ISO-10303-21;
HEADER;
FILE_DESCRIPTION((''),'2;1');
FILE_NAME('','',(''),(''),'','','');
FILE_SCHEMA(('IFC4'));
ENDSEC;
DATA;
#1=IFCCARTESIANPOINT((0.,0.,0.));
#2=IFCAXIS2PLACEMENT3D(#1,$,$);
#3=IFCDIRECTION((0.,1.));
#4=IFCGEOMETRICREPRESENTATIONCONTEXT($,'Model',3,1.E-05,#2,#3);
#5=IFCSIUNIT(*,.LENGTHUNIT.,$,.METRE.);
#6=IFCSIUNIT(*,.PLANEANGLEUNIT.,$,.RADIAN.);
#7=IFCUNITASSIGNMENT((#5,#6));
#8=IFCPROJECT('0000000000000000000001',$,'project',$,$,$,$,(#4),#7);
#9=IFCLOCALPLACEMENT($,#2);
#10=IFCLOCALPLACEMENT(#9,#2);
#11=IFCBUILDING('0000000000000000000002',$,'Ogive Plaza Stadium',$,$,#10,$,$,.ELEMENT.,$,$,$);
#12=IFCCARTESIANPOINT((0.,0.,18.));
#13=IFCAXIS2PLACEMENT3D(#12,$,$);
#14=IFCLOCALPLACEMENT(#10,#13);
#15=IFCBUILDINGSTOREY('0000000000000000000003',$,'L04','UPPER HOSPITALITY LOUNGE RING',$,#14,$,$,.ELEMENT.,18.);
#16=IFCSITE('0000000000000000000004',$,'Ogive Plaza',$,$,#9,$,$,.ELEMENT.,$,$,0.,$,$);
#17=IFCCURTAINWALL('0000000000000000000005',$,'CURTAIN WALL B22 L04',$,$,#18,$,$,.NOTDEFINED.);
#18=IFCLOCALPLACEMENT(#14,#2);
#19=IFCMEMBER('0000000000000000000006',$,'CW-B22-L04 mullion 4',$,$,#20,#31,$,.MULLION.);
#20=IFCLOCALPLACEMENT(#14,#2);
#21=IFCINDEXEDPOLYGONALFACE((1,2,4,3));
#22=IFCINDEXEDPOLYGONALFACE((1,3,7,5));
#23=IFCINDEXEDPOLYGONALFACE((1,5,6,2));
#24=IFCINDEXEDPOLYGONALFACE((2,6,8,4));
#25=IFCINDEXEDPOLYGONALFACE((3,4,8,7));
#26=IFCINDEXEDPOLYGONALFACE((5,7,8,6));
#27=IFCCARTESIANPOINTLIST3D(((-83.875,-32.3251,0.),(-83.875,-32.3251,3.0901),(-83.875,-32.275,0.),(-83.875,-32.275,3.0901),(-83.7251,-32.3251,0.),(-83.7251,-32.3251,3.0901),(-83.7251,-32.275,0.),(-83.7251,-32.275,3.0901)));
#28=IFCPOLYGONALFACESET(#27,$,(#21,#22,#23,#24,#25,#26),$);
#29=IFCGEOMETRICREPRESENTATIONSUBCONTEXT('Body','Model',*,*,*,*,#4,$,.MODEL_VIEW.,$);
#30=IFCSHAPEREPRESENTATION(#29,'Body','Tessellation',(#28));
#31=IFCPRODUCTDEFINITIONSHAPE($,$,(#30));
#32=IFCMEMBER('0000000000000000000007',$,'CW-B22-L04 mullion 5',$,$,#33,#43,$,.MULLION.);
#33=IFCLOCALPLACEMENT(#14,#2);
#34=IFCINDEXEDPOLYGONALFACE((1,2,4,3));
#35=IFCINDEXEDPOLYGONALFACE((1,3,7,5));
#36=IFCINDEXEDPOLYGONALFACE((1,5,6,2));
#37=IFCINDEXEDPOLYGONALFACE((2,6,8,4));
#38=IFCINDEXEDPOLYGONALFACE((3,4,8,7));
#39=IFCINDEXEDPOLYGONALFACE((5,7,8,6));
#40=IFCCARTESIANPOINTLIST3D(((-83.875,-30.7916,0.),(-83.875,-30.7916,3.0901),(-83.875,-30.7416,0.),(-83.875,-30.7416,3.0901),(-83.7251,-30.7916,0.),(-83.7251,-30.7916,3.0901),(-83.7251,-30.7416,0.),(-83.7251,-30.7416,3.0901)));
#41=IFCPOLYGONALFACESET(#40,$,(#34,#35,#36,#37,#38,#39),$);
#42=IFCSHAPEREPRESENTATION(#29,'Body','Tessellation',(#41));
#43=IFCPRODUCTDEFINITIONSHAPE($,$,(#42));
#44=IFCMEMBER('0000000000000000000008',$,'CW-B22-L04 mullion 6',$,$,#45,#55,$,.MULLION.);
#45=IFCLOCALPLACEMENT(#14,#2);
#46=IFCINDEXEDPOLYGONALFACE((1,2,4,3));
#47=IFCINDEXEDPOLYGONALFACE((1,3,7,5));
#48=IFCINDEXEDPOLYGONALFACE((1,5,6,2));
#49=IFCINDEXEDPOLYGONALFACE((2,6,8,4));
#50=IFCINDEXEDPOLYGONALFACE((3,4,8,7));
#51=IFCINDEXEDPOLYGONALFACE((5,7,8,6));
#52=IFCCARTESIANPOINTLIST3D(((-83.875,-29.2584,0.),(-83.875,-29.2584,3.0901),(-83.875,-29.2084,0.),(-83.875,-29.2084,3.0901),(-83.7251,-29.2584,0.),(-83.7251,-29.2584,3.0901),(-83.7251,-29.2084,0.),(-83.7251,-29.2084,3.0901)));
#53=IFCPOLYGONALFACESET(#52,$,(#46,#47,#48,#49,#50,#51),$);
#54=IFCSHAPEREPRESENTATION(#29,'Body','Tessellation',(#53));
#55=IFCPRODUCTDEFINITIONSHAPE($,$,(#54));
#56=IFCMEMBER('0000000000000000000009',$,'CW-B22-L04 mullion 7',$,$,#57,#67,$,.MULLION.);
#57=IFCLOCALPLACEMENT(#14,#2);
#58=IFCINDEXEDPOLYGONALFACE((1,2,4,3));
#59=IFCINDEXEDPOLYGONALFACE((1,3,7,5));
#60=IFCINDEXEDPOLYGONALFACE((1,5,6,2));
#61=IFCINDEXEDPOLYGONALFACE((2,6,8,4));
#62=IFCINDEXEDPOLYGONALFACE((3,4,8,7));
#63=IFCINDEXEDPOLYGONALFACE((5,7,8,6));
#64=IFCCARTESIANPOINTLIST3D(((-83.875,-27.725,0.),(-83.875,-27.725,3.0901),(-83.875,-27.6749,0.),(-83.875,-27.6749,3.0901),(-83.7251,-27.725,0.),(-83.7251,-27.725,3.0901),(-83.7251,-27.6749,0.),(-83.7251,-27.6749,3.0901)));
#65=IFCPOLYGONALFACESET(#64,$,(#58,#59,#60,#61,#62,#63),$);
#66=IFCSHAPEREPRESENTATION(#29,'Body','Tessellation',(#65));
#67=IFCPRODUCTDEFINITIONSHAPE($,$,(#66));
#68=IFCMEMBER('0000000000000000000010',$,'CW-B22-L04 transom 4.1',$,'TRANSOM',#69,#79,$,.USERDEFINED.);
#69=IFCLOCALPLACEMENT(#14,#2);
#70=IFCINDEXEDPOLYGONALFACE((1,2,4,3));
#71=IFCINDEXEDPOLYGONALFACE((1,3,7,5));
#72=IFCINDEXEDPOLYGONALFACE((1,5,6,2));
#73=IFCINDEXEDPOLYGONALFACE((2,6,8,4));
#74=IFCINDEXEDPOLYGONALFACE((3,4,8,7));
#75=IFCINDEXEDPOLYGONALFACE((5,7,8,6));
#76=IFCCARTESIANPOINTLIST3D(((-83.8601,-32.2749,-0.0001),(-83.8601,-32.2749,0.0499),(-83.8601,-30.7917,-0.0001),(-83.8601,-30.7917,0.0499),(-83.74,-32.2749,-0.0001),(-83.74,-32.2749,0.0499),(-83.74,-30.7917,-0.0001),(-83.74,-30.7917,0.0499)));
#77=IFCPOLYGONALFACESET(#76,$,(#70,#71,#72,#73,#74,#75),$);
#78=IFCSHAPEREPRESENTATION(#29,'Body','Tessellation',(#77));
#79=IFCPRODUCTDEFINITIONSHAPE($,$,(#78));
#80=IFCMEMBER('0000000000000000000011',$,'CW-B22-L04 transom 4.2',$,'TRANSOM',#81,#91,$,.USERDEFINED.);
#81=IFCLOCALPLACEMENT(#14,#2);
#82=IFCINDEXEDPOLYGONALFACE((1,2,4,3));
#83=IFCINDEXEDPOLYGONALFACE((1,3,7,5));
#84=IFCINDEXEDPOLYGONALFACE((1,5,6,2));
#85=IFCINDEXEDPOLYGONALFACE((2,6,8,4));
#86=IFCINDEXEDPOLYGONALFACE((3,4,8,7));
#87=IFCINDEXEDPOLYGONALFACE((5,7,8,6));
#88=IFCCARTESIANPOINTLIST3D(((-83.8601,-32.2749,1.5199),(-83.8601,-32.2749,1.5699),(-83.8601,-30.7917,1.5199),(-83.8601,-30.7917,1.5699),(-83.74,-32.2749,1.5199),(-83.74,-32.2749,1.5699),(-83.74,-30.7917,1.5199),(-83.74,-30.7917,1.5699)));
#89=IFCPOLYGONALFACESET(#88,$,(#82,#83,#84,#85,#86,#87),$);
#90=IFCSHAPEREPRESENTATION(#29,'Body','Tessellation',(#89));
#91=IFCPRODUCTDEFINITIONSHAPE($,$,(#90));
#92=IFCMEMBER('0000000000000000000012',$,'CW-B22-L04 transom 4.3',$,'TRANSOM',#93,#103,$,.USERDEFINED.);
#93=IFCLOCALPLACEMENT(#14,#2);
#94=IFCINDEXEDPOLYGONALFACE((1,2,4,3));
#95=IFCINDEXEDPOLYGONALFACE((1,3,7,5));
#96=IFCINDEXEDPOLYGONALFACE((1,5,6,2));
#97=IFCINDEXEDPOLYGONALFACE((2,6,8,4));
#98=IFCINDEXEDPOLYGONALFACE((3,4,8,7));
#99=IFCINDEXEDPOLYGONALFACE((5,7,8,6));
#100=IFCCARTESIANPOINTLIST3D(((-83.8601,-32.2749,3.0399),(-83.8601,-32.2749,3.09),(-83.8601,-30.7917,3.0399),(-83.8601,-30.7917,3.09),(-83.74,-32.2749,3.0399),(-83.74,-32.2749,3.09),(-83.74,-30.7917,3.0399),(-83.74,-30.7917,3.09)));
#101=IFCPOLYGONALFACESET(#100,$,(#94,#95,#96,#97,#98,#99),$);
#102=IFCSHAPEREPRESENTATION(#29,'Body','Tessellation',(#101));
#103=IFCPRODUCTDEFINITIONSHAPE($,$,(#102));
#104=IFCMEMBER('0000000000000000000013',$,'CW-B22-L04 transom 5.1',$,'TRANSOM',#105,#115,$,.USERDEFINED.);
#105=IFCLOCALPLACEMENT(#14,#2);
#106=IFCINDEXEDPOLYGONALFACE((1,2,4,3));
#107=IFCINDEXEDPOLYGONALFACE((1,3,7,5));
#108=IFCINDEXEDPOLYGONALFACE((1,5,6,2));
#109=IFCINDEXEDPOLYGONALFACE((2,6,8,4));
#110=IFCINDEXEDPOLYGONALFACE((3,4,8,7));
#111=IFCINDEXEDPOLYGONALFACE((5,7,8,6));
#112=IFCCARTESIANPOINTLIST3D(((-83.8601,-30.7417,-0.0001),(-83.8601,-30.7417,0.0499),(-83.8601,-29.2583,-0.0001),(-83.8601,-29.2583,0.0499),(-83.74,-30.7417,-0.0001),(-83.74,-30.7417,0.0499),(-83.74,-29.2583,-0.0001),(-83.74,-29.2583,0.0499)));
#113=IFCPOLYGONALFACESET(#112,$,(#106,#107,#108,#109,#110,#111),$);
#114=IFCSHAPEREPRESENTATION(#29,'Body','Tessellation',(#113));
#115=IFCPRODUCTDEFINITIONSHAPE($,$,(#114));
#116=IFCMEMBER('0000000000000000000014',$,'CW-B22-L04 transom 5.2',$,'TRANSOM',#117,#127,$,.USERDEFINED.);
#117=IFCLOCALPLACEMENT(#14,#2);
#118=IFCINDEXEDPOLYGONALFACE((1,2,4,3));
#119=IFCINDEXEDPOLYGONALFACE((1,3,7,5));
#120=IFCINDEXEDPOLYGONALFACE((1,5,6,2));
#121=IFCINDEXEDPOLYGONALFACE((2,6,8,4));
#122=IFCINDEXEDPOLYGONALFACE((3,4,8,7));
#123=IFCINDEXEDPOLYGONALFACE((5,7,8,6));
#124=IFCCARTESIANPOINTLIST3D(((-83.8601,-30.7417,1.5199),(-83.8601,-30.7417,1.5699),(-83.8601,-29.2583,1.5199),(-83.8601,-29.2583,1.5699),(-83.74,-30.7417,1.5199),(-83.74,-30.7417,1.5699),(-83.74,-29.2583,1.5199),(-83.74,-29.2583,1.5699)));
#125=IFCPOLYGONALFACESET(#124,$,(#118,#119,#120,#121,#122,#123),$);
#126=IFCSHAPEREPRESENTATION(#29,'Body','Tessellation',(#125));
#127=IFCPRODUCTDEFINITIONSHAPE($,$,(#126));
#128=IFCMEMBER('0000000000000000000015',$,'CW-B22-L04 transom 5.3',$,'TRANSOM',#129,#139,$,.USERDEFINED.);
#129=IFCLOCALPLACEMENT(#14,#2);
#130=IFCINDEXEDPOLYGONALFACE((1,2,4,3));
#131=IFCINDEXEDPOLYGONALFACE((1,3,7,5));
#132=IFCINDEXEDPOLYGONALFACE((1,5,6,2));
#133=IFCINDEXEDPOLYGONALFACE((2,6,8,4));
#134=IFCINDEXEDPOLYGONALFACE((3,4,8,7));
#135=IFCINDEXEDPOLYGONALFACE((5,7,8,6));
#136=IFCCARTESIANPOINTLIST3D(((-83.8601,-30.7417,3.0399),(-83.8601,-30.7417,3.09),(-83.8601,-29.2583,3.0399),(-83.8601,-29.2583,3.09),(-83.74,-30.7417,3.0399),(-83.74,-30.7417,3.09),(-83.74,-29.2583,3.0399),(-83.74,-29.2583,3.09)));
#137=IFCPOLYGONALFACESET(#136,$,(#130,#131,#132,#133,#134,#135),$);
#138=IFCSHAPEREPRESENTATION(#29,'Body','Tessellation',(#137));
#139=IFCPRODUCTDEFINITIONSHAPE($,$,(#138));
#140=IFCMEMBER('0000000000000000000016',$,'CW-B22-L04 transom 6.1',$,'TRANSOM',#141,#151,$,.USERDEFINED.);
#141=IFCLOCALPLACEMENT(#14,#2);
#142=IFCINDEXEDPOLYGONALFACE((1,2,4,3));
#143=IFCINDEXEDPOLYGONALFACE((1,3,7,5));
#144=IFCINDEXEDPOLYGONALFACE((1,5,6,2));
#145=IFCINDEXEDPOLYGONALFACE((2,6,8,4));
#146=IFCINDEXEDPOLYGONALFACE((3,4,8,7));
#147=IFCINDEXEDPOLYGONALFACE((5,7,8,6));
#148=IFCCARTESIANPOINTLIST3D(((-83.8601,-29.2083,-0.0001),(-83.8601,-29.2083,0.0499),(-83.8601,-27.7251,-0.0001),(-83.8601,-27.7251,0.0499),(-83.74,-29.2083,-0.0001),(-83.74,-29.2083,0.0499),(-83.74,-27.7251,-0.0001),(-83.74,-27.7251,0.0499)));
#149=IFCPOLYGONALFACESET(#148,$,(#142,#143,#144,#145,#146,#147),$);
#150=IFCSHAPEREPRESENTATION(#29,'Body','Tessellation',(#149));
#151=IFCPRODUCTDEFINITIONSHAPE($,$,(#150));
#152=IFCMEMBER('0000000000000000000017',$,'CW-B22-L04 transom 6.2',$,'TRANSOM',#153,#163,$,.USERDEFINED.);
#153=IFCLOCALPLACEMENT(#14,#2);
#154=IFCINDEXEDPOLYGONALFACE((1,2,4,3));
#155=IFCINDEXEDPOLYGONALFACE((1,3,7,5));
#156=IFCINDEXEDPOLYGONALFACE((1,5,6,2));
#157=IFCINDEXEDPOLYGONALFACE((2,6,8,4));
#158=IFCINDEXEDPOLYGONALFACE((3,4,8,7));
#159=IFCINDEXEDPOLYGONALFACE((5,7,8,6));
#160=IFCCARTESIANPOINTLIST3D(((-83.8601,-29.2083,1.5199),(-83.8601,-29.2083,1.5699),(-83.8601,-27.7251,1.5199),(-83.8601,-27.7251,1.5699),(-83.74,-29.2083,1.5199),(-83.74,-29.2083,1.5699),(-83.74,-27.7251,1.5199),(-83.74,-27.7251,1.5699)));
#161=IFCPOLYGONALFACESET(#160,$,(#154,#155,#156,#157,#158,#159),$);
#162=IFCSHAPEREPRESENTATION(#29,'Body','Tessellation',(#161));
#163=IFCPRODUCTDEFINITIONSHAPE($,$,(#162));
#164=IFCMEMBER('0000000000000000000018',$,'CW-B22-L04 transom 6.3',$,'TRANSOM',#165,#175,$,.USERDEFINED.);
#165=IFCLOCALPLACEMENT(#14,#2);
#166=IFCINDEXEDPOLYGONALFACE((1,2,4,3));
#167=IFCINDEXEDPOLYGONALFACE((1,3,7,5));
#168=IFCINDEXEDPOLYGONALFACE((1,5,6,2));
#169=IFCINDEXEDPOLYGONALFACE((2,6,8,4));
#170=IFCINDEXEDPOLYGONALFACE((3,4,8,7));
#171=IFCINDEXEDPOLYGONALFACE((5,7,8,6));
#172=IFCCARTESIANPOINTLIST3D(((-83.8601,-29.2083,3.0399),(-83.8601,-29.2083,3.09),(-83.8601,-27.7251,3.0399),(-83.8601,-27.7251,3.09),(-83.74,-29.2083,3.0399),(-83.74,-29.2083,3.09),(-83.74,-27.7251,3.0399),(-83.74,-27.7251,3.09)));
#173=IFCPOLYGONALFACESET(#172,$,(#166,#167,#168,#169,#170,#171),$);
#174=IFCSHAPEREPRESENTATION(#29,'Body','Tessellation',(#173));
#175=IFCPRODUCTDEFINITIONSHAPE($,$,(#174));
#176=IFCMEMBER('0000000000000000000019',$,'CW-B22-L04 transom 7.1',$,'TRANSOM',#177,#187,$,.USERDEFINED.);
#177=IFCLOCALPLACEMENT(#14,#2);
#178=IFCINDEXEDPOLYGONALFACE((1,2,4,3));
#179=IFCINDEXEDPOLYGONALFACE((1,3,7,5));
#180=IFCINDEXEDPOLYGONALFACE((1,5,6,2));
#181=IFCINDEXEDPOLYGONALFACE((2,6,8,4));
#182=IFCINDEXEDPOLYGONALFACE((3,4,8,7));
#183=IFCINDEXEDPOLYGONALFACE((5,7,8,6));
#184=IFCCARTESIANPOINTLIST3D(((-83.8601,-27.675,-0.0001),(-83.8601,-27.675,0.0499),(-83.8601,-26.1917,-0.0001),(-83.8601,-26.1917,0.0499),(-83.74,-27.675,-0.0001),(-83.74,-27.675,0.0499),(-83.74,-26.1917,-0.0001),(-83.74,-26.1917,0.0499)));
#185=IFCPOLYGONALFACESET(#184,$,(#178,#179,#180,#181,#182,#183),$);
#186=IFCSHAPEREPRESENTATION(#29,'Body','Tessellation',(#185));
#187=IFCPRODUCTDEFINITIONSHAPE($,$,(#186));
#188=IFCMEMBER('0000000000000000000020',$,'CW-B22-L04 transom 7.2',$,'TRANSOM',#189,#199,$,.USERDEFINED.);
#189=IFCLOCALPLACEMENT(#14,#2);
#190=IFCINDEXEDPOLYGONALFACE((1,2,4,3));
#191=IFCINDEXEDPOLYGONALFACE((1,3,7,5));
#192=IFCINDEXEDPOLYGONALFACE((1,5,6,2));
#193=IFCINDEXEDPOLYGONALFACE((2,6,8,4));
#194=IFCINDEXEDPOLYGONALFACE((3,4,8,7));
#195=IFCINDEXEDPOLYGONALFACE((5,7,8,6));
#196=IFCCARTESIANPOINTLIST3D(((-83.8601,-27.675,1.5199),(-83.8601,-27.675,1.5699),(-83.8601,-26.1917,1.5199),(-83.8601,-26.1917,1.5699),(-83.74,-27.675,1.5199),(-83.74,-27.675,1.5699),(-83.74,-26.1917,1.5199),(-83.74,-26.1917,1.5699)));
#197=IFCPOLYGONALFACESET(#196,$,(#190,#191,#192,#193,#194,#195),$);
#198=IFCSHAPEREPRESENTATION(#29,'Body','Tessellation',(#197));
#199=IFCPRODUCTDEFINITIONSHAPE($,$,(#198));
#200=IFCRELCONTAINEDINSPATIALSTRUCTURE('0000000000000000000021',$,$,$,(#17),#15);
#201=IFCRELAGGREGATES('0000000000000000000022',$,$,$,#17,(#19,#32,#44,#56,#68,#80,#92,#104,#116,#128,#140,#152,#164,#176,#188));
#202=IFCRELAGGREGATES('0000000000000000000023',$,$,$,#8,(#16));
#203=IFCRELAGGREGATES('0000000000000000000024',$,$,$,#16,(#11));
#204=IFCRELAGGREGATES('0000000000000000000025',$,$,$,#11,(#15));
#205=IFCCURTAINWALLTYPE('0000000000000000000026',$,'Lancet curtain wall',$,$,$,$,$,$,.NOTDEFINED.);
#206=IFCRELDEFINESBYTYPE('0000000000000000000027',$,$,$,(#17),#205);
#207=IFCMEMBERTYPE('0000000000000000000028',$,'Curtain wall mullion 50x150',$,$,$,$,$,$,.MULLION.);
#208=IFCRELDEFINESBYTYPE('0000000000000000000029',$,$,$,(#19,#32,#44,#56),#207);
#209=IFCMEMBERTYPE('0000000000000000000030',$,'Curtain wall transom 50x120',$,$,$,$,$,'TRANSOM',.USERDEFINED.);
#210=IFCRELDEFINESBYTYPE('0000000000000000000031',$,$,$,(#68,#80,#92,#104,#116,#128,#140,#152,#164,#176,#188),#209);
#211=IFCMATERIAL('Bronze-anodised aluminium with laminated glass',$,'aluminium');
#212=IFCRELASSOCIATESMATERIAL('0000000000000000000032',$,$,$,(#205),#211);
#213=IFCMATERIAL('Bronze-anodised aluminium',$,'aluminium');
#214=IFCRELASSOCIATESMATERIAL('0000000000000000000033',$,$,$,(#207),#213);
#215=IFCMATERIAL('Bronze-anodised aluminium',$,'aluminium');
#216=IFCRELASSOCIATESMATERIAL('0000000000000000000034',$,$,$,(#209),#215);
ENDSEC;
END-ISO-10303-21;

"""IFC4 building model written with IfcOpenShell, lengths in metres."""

from ifc_helpers import new_model, si_unit, direction, frame, origin, origin_2d, place, context, subcontext, project, spatial, rectangle, extrude, material, material_profile, profile_set, type_object, element, aggregate, save


model = new_model("IFC4")

# Units and contexts
model_context = context("Model", 3, precision=1e-05, world=origin(), true_north=direction((0.0, 1.0)))
body_context = subcontext(model_context, "Body", "Model", "MODEL_VIEW")
ifc_project = project(units=[si_unit("LENGTHUNIT", "METRE"), si_unit("PLANEANGLEUNIT", "RADIAN")], contexts=[model_context])

# Site, building, storey
site_placement = place(None, origin())
site = spatial("IfcSite", under=ifc_project, at=site_placement, Name="Ogive Plaza", CompositionType="ELEMENT", RefElevation=0.0)
building_placement = place(site_placement, origin())
building = spatial("IfcBuilding", under=site, at=building_placement, Name="Ogive Plaza Stadium", CompositionType="ELEMENT")
storey_placement = place(building_placement, frame((0.0, 0.0, 18.0)))
storey = spatial("IfcBuildingStorey", under=building, at=storey_placement, Name="L04", Description="UPPER HOSPITALITY LOUNGE RING", CompositionType="ELEMENT", Elevation=18.0)

# Curtain wall, members
ifc_material_1 = material(Name="Bronze-anodised aluminium with laminated glass", Category="aluminium")
curtain_wall_type = type_object("IfcCurtainWallType", Name="Lancet curtain wall", PredefinedType="NOTDEFINED", material=ifc_material_1)
curtain_wall_placement = place(storey_placement, origin())
curtain_wall = element("IfcCurtainWall", 1, at=curtain_wall_placement, inside=storey, type_object=curtain_wall_type, Name="CURTAIN WALL B22 L04", PredefinedType="NOTDEFINED")
ifc_material_2 = material(Name="Bronze-anodised aluminium", Category="aluminium")
ifc_material_profile_1 = material_profile(ifc_material_2, rectangle(XDim=0.1499, YDim=0.05, at=origin_2d()), Name="AL 150x50")
ifc_profile_set_1 = profile_set([ifc_material_profile_1], Name="Bronze-anodised aluminium")
member_type_1 = type_object("IfcMemberType", Name="Curtain wall mullion 50x150", PredefinedType="MULLION", material=ifc_profile_set_1)
member_1_placement = place(storey_placement, frame((-83.8, -32.3, 0.0), z_axis=(0.0, 0.0, 1.0), x_axis=(-1.0, 0.0, 0.0)))
member_1 = element("IfcMember", 2, at=member_1_placement, type_object=member_type_1, Name="CW-B22-L04 mullion 4", PredefinedType="MULLION", context=body_context, shape_type="SweptSolid", body=[
    extrude(rectangle(XDim=0.1499, YDim=0.05, at=origin_2d()), origin(), (0.0, 0.0, 1.0), 3.0901),
])
member_2_placement = place(storey_placement, frame((-83.8, -30.7666, 0.0), z_axis=(0.0, 0.0, 1.0), x_axis=(-1.0, 0.0, 0.0)))
member_2 = element("IfcMember", 3, at=member_2_placement, type_object=member_type_1, Name="CW-B22-L04 mullion 5", PredefinedType="MULLION", context=body_context, shape_type="SweptSolid", body=[
    extrude(rectangle(XDim=0.1499, YDim=0.05, at=origin_2d()), origin(), (0.0, 0.0, 1.0), 3.0901),
])
member_3_placement = place(storey_placement, frame((-83.8, -29.2334, 0.0), z_axis=(0.0, 0.0, 1.0), x_axis=(-1.0, 0.0, 0.0)))
member_3 = element("IfcMember", 4, at=member_3_placement, type_object=member_type_1, Name="CW-B22-L04 mullion 6", PredefinedType="MULLION", context=body_context, shape_type="SweptSolid", body=[
    extrude(rectangle(XDim=0.1499, YDim=0.05, at=origin_2d()), origin(), (0.0, 0.0, 1.0), 3.0901),
])
member_4_placement = place(storey_placement, frame((-83.8, -27.7, 0.0), z_axis=(0.0, 0.0, 1.0), x_axis=(-1.0, 0.0, 0.0)))
member_4 = element("IfcMember", 5, at=member_4_placement, type_object=member_type_1, Name="CW-B22-L04 mullion 7", PredefinedType="MULLION", context=body_context, shape_type="SweptSolid", body=[
    extrude(rectangle(XDim=0.1499, YDim=0.05, at=origin_2d()), origin(), (0.0, 0.0, 1.0), 3.0901),
])
ifc_material_3 = material(Name="Bronze-anodised aluminium", Category="aluminium")
ifc_material_profile_2 = material_profile(ifc_material_3, rectangle(XDim=0.1201, YDim=0.05, at=origin_2d()), Name="AL 120x50")
ifc_profile_set_2 = profile_set([ifc_material_profile_2], Name="Bronze-anodised aluminium")
member_type_2 = type_object("IfcMemberType", Name="Curtain wall transom 50x120", ElementType="TRANSOM", PredefinedType="USERDEFINED", material=ifc_profile_set_2)
member_5_placement = place(storey_placement, frame((-83.8, -32.2749, 0.0249), z_axis=(0.0, 1.0, 0.0), x_axis=(-1.0, 0.0, 0.0)))
member_5 = element("IfcMember", 6, at=member_5_placement, type_object=member_type_2, Name="CW-B22-L04 transom 4.1", ObjectType="TRANSOM", PredefinedType="USERDEFINED", context=body_context, shape_type="SweptSolid", body=[
    extrude(rectangle(XDim=0.1201, YDim=0.05, at=origin_2d()), origin(), (0.0, 0.0, 1.0), 1.4832),
])
member_6_placement = place(storey_placement, frame((-83.8, -32.2749, 1.5449), z_axis=(0.0, 1.0, 0.0), x_axis=(-1.0, 0.0, 0.0)))
member_6 = element("IfcMember", 7, at=member_6_placement, type_object=member_type_2, Name="CW-B22-L04 transom 4.2", ObjectType="TRANSOM", PredefinedType="USERDEFINED", context=body_context, shape_type="SweptSolid", body=[
    extrude(rectangle(XDim=0.1201, YDim=0.05, at=origin_2d()), origin(), (0.0, 0.0, 1.0), 1.4832),
])
member_7_placement = place(storey_placement, frame((-83.8, -32.2749, 3.0649), z_axis=(0.0, 1.0, 0.0), x_axis=(-1.0, 0.0, 0.0)))
member_7 = element("IfcMember", 8, at=member_7_placement, type_object=member_type_2, Name="CW-B22-L04 transom 4.3", ObjectType="TRANSOM", PredefinedType="USERDEFINED", context=body_context, shape_type="SweptSolid", body=[
    extrude(rectangle(XDim=0.1201, YDim=0.05, at=origin_2d()), origin(), (0.0, 0.0, 1.0), 1.4832),
])
member_8_placement = place(storey_placement, frame((-83.8, -30.7417, 0.0249), z_axis=(0.0, 1.0, 0.0), x_axis=(-1.0, 0.0, 0.0)))
member_8 = element("IfcMember", 9, at=member_8_placement, type_object=member_type_2, Name="CW-B22-L04 transom 5.1", ObjectType="TRANSOM", PredefinedType="USERDEFINED", context=body_context, shape_type="SweptSolid", body=[
    extrude(rectangle(XDim=0.1201, YDim=0.05, at=origin_2d()), origin(), (0.0, 0.0, 1.0), 1.4834),
])
member_9_placement = place(storey_placement, frame((-83.8, -30.7417, 1.5449), z_axis=(0.0, 1.0, 0.0), x_axis=(-1.0, 0.0, 0.0)))
member_9 = element("IfcMember", 10, at=member_9_placement, type_object=member_type_2, Name="CW-B22-L04 transom 5.2", ObjectType="TRANSOM", PredefinedType="USERDEFINED", context=body_context, shape_type="SweptSolid", body=[
    extrude(rectangle(XDim=0.1201, YDim=0.05, at=origin_2d()), origin(), (0.0, 0.0, 1.0), 1.4834),
])
member_10_placement = place(storey_placement, frame((-83.8, -30.7417, 3.0649), z_axis=(0.0, 1.0, 0.0), x_axis=(-1.0, 0.0, 0.0)))
member_10 = element("IfcMember", 11, at=member_10_placement, type_object=member_type_2, Name="CW-B22-L04 transom 5.3", ObjectType="TRANSOM", PredefinedType="USERDEFINED", context=body_context, shape_type="SweptSolid", body=[
    extrude(rectangle(XDim=0.1201, YDim=0.05, at=origin_2d()), origin(), (0.0, 0.0, 1.0), 1.4834),
])
member_11_placement = place(storey_placement, frame((-83.8, -29.2083, 0.0249), z_axis=(0.0, 1.0, 0.0), x_axis=(-1.0, 0.0, 0.0)))
member_11 = element("IfcMember", 12, at=member_11_placement, type_object=member_type_2, Name="CW-B22-L04 transom 6.1", ObjectType="TRANSOM", PredefinedType="USERDEFINED", context=body_context, shape_type="SweptSolid", body=[
    extrude(rectangle(XDim=0.1201, YDim=0.05, at=origin_2d()), origin(), (0.0, 0.0, 1.0), 1.4832),
])
member_12_placement = place(storey_placement, frame((-83.8, -29.2083, 1.5449), z_axis=(0.0, 1.0, 0.0), x_axis=(-1.0, 0.0, 0.0)))
member_12 = element("IfcMember", 13, at=member_12_placement, type_object=member_type_2, Name="CW-B22-L04 transom 6.2", ObjectType="TRANSOM", PredefinedType="USERDEFINED", context=body_context, shape_type="SweptSolid", body=[
    extrude(rectangle(XDim=0.1201, YDim=0.05, at=origin_2d()), origin(), (0.0, 0.0, 1.0), 1.4832),
])
member_13_placement = place(storey_placement, frame((-83.8, -29.2083, 3.0649), z_axis=(0.0, 1.0, 0.0), x_axis=(-1.0, 0.0, 0.0)))
member_13 = element("IfcMember", 14, at=member_13_placement, type_object=member_type_2, Name="CW-B22-L04 transom 6.3", ObjectType="TRANSOM", PredefinedType="USERDEFINED", context=body_context, shape_type="SweptSolid", body=[
    extrude(rectangle(XDim=0.1201, YDim=0.05, at=origin_2d()), origin(), (0.0, 0.0, 1.0), 1.4832),
])
member_14_placement = place(storey_placement, frame((-83.8, -27.675, 0.0249), z_axis=(0.0, 1.0, 0.0), x_axis=(-1.0, 0.0, 0.0)))
member_14 = element("IfcMember", 15, at=member_14_placement, type_object=member_type_2, Name="CW-B22-L04 transom 7.1", ObjectType="TRANSOM", PredefinedType="USERDEFINED", context=body_context, shape_type="SweptSolid", body=[
    extrude(rectangle(XDim=0.1201, YDim=0.05, at=origin_2d()), origin(), (0.0, 0.0, 1.0), 1.4834),
])
member_15_placement = place(storey_placement, frame((-83.8, -27.675, 1.5449), z_axis=(0.0, 1.0, 0.0), x_axis=(-1.0, 0.0, 0.0)))
member_15 = element("IfcMember", 16, at=member_15_placement, type_object=member_type_2, Name="CW-B22-L04 transom 7.2", ObjectType="TRANSOM", PredefinedType="USERDEFINED", context=body_context, shape_type="SweptSolid", body=[
    extrude(rectangle(XDim=0.1201, YDim=0.05, at=origin_2d()), origin(), (0.0, 0.0, 1.0), 1.4834),
])
aggregate(curtain_wall, [member_1, member_2, member_3, member_4, member_5, member_6, member_7, member_8, member_9, member_10, member_11, member_12, member_13, member_14, member_15])

save(model, "model.ifc")
